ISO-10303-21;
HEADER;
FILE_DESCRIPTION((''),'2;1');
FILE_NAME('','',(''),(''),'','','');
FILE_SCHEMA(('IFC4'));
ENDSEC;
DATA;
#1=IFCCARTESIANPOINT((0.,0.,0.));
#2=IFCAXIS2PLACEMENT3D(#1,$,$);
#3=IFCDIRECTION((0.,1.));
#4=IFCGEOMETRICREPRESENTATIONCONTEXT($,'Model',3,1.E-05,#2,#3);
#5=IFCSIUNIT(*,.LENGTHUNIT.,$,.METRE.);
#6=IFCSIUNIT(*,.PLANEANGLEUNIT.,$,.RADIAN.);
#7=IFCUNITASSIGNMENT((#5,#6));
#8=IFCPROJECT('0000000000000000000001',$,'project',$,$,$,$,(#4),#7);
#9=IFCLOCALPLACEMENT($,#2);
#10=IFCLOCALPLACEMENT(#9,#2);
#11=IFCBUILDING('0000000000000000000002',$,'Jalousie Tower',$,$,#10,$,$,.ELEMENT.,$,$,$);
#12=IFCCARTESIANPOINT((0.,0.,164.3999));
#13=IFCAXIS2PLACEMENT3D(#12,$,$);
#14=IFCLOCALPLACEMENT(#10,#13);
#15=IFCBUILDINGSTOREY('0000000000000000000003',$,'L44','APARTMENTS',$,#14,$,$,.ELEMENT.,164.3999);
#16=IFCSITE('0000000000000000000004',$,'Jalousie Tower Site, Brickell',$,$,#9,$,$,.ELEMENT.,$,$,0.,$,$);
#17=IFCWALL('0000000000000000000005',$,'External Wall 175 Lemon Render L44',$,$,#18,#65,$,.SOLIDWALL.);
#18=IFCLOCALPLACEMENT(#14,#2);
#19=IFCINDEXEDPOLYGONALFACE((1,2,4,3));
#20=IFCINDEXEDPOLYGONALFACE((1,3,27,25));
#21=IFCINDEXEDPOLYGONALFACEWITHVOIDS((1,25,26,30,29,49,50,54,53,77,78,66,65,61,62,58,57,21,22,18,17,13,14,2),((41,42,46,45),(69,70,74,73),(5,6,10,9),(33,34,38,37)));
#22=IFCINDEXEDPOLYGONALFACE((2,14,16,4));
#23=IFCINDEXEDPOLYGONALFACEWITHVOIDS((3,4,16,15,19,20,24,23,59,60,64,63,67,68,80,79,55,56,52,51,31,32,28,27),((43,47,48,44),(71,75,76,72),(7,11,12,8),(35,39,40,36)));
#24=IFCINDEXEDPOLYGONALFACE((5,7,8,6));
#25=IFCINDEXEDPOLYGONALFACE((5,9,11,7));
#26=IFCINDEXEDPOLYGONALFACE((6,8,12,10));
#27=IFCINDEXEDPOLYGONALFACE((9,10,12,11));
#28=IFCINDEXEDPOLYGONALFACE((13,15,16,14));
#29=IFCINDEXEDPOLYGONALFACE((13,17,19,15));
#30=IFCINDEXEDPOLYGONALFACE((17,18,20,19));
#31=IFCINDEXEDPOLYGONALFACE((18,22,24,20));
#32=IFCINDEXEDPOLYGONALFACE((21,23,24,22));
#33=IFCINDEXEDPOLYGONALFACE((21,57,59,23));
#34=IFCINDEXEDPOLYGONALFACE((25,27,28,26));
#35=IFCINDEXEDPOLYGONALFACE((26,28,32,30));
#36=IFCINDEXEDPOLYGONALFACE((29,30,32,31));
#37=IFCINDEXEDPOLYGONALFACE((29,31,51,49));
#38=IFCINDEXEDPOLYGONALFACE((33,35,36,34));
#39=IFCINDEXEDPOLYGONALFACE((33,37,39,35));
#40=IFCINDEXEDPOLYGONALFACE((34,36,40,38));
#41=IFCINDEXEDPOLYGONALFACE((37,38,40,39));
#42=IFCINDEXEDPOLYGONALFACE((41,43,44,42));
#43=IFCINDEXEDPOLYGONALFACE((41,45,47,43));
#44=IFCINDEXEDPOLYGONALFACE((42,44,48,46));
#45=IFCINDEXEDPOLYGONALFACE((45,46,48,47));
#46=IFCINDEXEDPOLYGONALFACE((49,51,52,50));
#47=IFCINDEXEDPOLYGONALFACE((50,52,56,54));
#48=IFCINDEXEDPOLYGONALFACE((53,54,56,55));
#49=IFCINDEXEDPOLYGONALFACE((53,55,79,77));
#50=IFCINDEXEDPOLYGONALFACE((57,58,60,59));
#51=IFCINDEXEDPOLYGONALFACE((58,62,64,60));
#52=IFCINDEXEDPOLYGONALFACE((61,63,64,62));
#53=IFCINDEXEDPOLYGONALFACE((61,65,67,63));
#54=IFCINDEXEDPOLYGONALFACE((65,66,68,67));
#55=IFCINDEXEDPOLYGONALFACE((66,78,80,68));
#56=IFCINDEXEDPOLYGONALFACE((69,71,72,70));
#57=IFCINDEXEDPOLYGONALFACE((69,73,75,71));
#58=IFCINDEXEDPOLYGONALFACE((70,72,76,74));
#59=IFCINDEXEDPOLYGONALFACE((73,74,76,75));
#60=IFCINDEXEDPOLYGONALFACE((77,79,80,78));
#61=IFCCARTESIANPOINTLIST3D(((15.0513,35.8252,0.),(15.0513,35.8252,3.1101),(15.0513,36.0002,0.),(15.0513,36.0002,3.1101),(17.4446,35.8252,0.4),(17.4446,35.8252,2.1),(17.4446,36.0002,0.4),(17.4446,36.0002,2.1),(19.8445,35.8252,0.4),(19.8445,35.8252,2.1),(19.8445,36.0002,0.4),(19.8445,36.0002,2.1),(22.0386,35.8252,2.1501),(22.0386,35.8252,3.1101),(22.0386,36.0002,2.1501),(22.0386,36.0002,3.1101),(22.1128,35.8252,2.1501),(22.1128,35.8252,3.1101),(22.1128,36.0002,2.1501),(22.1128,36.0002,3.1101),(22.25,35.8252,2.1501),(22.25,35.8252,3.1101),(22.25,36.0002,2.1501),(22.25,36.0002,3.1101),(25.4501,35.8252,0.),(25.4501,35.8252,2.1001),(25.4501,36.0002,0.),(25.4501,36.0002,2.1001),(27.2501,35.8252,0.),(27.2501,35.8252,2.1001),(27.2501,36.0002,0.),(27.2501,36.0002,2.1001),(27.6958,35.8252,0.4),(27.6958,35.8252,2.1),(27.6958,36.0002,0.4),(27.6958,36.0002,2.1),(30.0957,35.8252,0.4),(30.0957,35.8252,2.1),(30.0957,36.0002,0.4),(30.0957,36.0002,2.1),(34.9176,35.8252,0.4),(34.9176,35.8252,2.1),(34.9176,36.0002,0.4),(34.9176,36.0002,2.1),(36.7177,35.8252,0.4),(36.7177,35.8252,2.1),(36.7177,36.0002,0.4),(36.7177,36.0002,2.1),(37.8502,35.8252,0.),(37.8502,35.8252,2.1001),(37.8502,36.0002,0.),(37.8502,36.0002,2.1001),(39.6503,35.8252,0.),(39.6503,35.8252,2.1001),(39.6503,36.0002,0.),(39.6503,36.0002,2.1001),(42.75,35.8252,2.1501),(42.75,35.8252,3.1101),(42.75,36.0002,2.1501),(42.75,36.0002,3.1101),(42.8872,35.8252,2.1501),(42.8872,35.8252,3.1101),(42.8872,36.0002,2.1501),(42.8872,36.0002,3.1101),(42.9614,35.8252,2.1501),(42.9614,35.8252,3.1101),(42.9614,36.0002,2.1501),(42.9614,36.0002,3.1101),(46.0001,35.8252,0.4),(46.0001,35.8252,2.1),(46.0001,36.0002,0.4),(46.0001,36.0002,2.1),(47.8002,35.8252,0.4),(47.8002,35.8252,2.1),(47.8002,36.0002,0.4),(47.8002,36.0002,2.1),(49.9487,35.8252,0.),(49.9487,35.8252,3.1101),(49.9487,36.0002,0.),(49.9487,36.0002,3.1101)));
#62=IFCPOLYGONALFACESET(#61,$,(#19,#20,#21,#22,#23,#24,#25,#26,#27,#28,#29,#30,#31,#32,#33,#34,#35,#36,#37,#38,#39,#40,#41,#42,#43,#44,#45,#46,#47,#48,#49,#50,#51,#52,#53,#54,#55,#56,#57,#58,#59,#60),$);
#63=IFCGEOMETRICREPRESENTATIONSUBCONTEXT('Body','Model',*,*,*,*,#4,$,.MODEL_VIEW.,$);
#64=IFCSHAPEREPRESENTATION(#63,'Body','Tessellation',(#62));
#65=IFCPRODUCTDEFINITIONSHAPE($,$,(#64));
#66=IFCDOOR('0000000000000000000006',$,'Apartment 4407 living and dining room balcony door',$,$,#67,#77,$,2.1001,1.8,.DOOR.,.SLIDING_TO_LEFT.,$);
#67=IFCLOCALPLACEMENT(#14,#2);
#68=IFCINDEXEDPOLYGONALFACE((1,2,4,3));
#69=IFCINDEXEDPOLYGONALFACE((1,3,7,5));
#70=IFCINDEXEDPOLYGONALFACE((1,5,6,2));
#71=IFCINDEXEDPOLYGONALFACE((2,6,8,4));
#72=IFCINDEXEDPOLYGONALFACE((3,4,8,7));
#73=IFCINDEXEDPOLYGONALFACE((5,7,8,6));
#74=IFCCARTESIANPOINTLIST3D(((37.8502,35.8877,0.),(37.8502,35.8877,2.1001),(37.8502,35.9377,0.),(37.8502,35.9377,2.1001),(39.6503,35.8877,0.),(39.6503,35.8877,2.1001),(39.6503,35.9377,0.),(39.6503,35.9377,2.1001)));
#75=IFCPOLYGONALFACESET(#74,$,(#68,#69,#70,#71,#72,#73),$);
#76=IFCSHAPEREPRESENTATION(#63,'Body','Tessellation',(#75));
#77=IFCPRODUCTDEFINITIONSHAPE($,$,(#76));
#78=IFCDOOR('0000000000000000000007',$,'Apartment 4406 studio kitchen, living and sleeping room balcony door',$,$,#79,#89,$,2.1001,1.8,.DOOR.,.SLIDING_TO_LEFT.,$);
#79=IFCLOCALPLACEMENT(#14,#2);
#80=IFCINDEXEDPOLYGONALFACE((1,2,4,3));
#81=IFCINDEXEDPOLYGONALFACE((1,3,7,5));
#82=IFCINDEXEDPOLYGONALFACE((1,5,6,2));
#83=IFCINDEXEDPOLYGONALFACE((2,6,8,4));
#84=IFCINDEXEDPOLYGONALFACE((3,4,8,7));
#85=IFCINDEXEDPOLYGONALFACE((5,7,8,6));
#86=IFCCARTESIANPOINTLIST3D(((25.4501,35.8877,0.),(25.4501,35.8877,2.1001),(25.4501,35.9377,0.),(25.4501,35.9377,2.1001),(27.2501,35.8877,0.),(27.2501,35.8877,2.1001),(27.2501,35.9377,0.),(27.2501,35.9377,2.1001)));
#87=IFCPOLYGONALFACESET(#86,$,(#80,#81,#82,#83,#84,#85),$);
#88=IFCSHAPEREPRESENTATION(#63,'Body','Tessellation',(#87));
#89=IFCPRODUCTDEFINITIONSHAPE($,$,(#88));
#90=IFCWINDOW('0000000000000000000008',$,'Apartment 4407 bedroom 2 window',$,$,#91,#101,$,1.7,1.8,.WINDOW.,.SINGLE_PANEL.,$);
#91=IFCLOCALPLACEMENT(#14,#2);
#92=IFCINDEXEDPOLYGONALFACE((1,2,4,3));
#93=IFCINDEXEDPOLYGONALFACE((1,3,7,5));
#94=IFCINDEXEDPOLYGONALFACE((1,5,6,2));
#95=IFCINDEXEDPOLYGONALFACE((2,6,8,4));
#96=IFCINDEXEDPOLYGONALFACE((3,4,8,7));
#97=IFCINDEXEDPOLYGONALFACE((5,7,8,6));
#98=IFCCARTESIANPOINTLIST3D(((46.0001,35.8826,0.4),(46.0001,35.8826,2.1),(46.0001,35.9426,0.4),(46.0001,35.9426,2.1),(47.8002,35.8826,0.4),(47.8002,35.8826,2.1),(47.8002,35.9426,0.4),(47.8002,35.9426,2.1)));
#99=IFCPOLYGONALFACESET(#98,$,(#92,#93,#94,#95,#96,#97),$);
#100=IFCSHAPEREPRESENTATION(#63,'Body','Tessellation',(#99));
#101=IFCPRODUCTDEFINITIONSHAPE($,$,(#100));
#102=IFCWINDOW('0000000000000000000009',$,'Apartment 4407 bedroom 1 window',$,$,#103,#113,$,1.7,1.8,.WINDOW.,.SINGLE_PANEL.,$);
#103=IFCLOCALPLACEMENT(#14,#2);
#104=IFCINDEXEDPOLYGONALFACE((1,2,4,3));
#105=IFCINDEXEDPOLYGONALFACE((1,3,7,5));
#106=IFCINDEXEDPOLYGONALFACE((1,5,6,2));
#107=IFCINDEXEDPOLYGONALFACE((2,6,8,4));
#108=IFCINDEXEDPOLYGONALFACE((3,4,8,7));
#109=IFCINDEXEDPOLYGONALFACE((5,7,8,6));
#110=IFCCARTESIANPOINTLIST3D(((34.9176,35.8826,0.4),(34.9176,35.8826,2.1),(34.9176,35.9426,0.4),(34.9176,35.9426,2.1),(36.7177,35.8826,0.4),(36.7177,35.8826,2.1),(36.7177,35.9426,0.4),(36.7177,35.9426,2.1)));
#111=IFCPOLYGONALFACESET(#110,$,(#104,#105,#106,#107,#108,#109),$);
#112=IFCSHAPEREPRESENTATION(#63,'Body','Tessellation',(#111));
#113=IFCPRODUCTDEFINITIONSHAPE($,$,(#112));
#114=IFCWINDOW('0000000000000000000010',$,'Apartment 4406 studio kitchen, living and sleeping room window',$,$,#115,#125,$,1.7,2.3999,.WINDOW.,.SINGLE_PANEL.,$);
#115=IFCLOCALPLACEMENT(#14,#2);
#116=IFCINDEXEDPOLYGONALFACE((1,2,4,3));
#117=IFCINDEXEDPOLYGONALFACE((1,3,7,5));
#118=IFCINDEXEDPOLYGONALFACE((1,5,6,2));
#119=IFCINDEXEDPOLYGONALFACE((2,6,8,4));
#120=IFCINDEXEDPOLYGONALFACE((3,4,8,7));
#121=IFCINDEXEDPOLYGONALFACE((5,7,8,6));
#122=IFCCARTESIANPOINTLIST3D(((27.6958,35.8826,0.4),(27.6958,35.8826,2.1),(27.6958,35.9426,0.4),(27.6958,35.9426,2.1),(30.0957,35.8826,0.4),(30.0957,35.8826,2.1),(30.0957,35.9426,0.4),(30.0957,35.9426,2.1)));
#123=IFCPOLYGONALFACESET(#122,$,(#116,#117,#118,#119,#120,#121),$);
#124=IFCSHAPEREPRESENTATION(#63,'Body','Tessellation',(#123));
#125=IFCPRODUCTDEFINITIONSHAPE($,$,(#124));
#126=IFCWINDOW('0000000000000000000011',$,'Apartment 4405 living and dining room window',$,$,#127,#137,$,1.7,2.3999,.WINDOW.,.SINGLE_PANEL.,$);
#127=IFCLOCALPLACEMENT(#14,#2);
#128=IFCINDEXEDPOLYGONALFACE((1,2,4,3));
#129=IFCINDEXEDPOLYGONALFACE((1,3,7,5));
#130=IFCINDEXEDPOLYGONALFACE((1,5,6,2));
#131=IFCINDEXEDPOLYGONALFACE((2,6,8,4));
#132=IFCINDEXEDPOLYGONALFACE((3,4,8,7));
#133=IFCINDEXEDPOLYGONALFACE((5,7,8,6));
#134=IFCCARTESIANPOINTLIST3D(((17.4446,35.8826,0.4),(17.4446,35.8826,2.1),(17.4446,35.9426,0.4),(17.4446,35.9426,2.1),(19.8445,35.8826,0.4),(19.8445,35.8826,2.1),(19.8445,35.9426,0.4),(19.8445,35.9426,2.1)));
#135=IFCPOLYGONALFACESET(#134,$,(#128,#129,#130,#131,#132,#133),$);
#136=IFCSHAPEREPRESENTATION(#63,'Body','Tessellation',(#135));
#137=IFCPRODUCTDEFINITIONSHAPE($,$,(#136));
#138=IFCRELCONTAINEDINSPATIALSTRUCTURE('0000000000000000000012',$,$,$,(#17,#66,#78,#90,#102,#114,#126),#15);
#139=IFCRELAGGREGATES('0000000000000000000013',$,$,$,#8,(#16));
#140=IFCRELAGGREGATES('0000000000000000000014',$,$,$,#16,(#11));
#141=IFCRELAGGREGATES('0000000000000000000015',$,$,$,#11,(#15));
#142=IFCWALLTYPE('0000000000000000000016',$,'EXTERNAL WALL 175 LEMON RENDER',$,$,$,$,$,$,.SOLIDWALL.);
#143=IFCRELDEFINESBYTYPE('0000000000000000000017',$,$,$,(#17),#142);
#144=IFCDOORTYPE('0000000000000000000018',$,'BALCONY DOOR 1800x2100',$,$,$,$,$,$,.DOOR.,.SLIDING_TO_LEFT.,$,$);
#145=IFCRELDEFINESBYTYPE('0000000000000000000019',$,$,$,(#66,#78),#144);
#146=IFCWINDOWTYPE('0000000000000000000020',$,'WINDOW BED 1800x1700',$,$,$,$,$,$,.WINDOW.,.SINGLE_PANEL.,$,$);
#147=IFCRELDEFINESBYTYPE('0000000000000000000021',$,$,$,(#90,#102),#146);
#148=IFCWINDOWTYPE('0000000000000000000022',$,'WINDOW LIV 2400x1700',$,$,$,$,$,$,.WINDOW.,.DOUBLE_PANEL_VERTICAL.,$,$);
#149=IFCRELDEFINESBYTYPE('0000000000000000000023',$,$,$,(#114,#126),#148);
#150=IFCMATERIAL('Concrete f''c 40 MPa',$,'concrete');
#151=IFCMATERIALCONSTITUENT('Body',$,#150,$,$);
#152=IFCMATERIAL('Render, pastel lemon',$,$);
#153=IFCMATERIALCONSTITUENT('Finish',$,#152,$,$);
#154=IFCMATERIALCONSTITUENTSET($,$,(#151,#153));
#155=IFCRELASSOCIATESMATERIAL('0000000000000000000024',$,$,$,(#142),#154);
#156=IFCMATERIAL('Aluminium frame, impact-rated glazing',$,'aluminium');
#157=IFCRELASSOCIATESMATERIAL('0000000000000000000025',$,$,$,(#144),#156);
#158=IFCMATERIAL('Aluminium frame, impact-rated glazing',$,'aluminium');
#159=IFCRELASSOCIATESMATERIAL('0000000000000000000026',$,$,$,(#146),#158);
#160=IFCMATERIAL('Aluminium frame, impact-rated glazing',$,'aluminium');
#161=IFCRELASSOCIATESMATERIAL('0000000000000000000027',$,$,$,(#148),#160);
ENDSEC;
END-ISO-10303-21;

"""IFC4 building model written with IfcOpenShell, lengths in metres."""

from ifc_helpers import new_model, si_unit, direction, frame, frame_2d, origin, place, context, subcontext, project, spatial, polyline, rectangle, outline, extrude, material, constituent, constituent_set, type_object, element, fill, save


model = new_model("IFC4")

# Units and contexts
model_context = context("Model", 3, precision=1e-05, world=origin(), true_north=direction((0.0, 1.0)))
body_context = subcontext(model_context, "Body", "Model", "MODEL_VIEW")
ifc_project = project(units=[si_unit("LENGTHUNIT", "METRE"), si_unit("PLANEANGLEUNIT", "RADIAN")], contexts=[model_context])

# Site, building, storey
site_placement = place(None, origin())
site = spatial("IfcSite", under=ifc_project, at=site_placement, Name="Jalousie Tower Site, Brickell", CompositionType="ELEMENT", RefElevation=0.0)
building_placement = place(site_placement, origin())
building = spatial("IfcBuilding", under=site, at=building_placement, Name="Jalousie Tower", CompositionType="ELEMENT")
storey_placement = place(building_placement, frame((0.0, 0.0, 164.3999)))
storey = spatial("IfcBuildingStorey", under=building, at=storey_placement, Name="L44", Description="APARTMENTS", CompositionType="ELEMENT", Elevation=164.3999)

# Wall, openings, doors, windows
ifc_material_1 = material(Name="Concrete f'c 40 MPa", Category="concrete")
ifc_constituent_1 = constituent(ifc_material_1, Name="Body")
ifc_material_2 = material(Name="Render, pastel lemon")
ifc_constituent_2 = constituent(ifc_material_2, Name="Finish")
ifc_constituent_set_1 = constituent_set(constituents=[ifc_constituent_1, ifc_constituent_2])
wall_type_1 = type_object("IfcWallType", Name="EXTERNAL WALL 175 LEMON RENDER", PredefinedType="SOLIDWALL", material=ifc_constituent_set_1)
wall_1_placement = place(storey_placement, frame((49.9487, 35.9126, 0.0), z_axis=(0.0, 0.0, 1.0), x_axis=(-1.0, 0.0, 0.0)))
wall_1 = element("IfcWall", 1, at=wall_1_placement, inside=storey, type_object=wall_type_1, Name="External Wall 175 Lemon Render L44", PredefinedType="SOLIDWALL", context=body_context, shape_type="SweptSolid", body=[
    extrude(outline(polyline([(0.0, 0.0), (34.8975, 0.0), (34.8975, 3.1101), (27.9102, 3.1101), (27.9102, 2.1501), (27.8359, 2.1501), (27.8359, 3.1101), (27.6987, 3.1101), (27.6987, 2.1501), (7.1987, 2.1501), (7.1987, 3.1101), (7.0615, 3.1101), (7.0615, 2.1501), (6.9873, 2.1501), (6.9873, 3.1101), (0.0, 3.1101), (0.0, 0.0)])), frame((0.0, 0.0874, 0.0), z_axis=(0.0, -1.0, 0.0), x_axis=(1.0, 0.0, 0.0)), (0.0, 0.0, 1.0), 0.175),
])
opening_1_placement = place(wall_1_placement, frame((2.1487, 0.0, 0.3999)))
opening_1 = element("IfcOpeningElement", 2, at=opening_1_placement, cuts=wall_1, PredefinedType="OPENING", context=body_context, shape_type="SweptSolid", body=[
    extrude(rectangle(XDim=1.8, YDim=1.7, at=frame_2d((0.8999, 0.8501))), frame((0.0, 0.0974, 0.0), z_axis=(0.0, -1.0, 0.0), x_axis=(1.0, 0.0, 0.0)), (0.0, 0.0, 1.0), 0.1951),
])
opening_2_placement = place(wall_1_placement, frame((10.2986, 0.0, 0.0)))
opening_2 = element("IfcOpeningElement", 3, at=opening_2_placement, cuts=wall_1, PredefinedType="OPENING", context=body_context, shape_type="SweptSolid", body=[
    extrude(rectangle(XDim=1.8, YDim=2.1001, at=frame_2d((0.8999, 1.05))), frame((0.0, 0.0974, 0.0), z_axis=(0.0, -1.0, 0.0), x_axis=(1.0, 0.0, 0.0)), (0.0, 0.0, 1.0), 0.1951),
])
opening_3_placement = place(wall_1_placement, frame((13.2312, 0.0, 0.3999)))
opening_3 = element("IfcOpeningElement", 4, at=opening_3_placement, cuts=wall_1, PredefinedType="OPENING", context=body_context, shape_type="SweptSolid", body=[
    extrude(rectangle(XDim=1.8, YDim=1.7, at=frame_2d((0.8999, 0.8501))), frame((0.0, 0.0974, 0.0), z_axis=(0.0, -1.0, 0.0), x_axis=(1.0, 0.0, 0.0)), (0.0, 0.0, 1.0), 0.1951),
])
opening_4_placement = place(wall_1_placement, frame((22.6987, 0.0, 0.0)))
opening_4 = element("IfcOpeningElement", 5, at=opening_4_placement, cuts=wall_1, PredefinedType="OPENING", context=body_context, shape_type="SweptSolid", body=[
    extrude(rectangle(XDim=1.8, YDim=2.1001, at=frame_2d((0.8999, 1.05))), frame((0.0, 0.0974, 0.0), z_axis=(0.0, -1.0, 0.0), x_axis=(1.0, 0.0, 0.0)), (0.0, 0.0, 1.0), 0.1951),
])
opening_5_placement = place(wall_1_placement, frame((19.853, 0.0, 0.3999)))
opening_5 = element("IfcOpeningElement", 6, at=opening_5_placement, cuts=wall_1, PredefinedType="OPENING", context=body_context, shape_type="SweptSolid", body=[
    extrude(rectangle(XDim=2.3999, YDim=1.7, at=frame_2d((1.2, 0.8501))), frame((0.0, 0.0974, 0.0), z_axis=(0.0, -1.0, 0.0), x_axis=(1.0, 0.0, 0.0)), (0.0, 0.0, 1.0), 0.1951),
])
opening_6_placement = place(wall_1_placement, frame((30.1042, 0.0, 0.3999)))
opening_6 = element("IfcOpeningElement", 7, at=opening_6_placement, cuts=wall_1, PredefinedType="OPENING", context=body_context, shape_type="SweptSolid", body=[
    extrude(rectangle(XDim=2.3999, YDim=1.7, at=frame_2d((1.2, 0.8501))), frame((0.0, 0.0974, 0.0), z_axis=(0.0, -1.0, 0.0), x_axis=(1.0, 0.0, 0.0)), (0.0, 0.0, 1.0), 0.1951),
])
ifc_material_3 = material(Name="Aluminium frame, impact-rated glazing", Category="aluminium")
door_type_1 = type_object("IfcDoorType", Name="BALCONY DOOR 1800x2100", OperationType="SLIDING_TO_LEFT", PredefinedType="DOOR", material=ifc_material_3)
door_1_placement = place(opening_2_placement, origin())
door_1 = element("IfcDoor", 8, at=door_1_placement, inside=storey, type_object=door_type_1, Name="Apartment 4407 living and dining room balcony door", OperationType="SLIDING_TO_LEFT", OverallHeight=2.1001, OverallWidth=1.8, PredefinedType="DOOR", context=body_context, shape_type="SweptSolid", body=[
    extrude(rectangle(XDim=1.8, YDim=2.1001, at=frame_2d((0.8999, 1.05))), frame((0.0, 0.0249, 0.0), z_axis=(0.0, -1.0, 0.0), x_axis=(1.0, 0.0, 0.0)), (0.0, 0.0, 1.0), 0.05),
])
fill(opening_2, door_1)
door_2_placement = place(opening_4_placement, origin())
door_2 = element("IfcDoor", 9, at=door_2_placement, inside=storey, type_object=door_type_1, Name="Apartment 4406 studio kitchen, living and sleeping room balcony door", OperationType="SLIDING_TO_LEFT", OverallHeight=2.1001, OverallWidth=1.8, PredefinedType="DOOR", context=body_context, shape_type="SweptSolid", body=[
    extrude(rectangle(XDim=1.8, YDim=2.1001, at=frame_2d((0.8999, 1.05))), frame((0.0, 0.0249, 0.0), z_axis=(0.0, -1.0, 0.0), x_axis=(1.0, 0.0, 0.0)), (0.0, 0.0, 1.0), 0.05),
])
fill(opening_4, door_2)
ifc_material_4 = material(Name="Aluminium frame, impact-rated glazing", Category="aluminium")
window_type_1 = type_object("IfcWindowType", Name="WINDOW BED 1800x1700", PartitioningType="SINGLE_PANEL", PredefinedType="WINDOW", material=ifc_material_4)
window_1_placement = place(opening_1_placement, origin())
window_1 = element("IfcWindow", 10, at=window_1_placement, inside=storey, type_object=window_type_1, Name="Apartment 4407 bedroom 2 window", OverallHeight=1.7, OverallWidth=1.8, PartitioningType="SINGLE_PANEL", PredefinedType="WINDOW", context=body_context, shape_type="SweptSolid", body=[
    extrude(rectangle(XDim=1.8, YDim=1.7, at=frame_2d((0.8999, 0.8501))), frame((0.0, 0.03, 0.0), z_axis=(0.0, -1.0, 0.0), x_axis=(1.0, 0.0, 0.0)), (0.0, 0.0, 1.0), 0.0601),
])
fill(opening_1, window_1)
window_2_placement = place(opening_3_placement, origin())
window_2 = element("IfcWindow", 11, at=window_2_placement, inside=storey, type_object=window_type_1, Name="Apartment 4407 bedroom 1 window", OverallHeight=1.7, OverallWidth=1.8, PartitioningType="SINGLE_PANEL", PredefinedType="WINDOW", context=body_context, shape_type="SweptSolid", body=[
    extrude(rectangle(XDim=1.8, YDim=1.7, at=frame_2d((0.8999, 0.8501))), frame((0.0, 0.03, 0.0), z_axis=(0.0, -1.0, 0.0), x_axis=(1.0, 0.0, 0.0)), (0.0, 0.0, 1.0), 0.0601),
])
fill(opening_3, window_2)
ifc_material_5 = material(Name="Aluminium frame, impact-rated glazing", Category="aluminium")
window_type_2 = type_object("IfcWindowType", Name="WINDOW LIV 2400x1700", PartitioningType="DOUBLE_PANEL_VERTICAL", PredefinedType="WINDOW", material=ifc_material_5)
window_3_placement = place(opening_5_placement, origin())
window_3 = element("IfcWindow", 12, at=window_3_placement, inside=storey, type_object=window_type_2, Name="Apartment 4406 studio kitchen, living and sleeping room window", OverallHeight=1.7, OverallWidth=2.3999, PartitioningType="SINGLE_PANEL", PredefinedType="WINDOW", context=body_context, shape_type="SweptSolid", body=[
    extrude(rectangle(XDim=2.3999, YDim=1.7, at=frame_2d((1.2, 0.8501))), frame((0.0, 0.03, 0.0), z_axis=(0.0, -1.0, 0.0), x_axis=(1.0, 0.0, 0.0)), (0.0, 0.0, 1.0), 0.0601),
])
fill(opening_5, window_3)
window_4_placement = place(opening_6_placement, origin())
window_4 = element("IfcWindow", 13, at=window_4_placement, inside=storey, type_object=window_type_2, Name="Apartment 4405 living and dining room window", OverallHeight=1.7, OverallWidth=2.3999, PartitioningType="SINGLE_PANEL", PredefinedType="WINDOW", context=body_context, shape_type="SweptSolid", body=[
    extrude(rectangle(XDim=2.3999, YDim=1.7, at=frame_2d((1.2, 0.8501))), frame((0.0, 0.03, 0.0), z_axis=(0.0, -1.0, 0.0), x_axis=(1.0, 0.0, 0.0)), (0.0, 0.0, 1.0), 0.0601),
])
fill(opening_6, window_4)

save(model, "model.ifc")
